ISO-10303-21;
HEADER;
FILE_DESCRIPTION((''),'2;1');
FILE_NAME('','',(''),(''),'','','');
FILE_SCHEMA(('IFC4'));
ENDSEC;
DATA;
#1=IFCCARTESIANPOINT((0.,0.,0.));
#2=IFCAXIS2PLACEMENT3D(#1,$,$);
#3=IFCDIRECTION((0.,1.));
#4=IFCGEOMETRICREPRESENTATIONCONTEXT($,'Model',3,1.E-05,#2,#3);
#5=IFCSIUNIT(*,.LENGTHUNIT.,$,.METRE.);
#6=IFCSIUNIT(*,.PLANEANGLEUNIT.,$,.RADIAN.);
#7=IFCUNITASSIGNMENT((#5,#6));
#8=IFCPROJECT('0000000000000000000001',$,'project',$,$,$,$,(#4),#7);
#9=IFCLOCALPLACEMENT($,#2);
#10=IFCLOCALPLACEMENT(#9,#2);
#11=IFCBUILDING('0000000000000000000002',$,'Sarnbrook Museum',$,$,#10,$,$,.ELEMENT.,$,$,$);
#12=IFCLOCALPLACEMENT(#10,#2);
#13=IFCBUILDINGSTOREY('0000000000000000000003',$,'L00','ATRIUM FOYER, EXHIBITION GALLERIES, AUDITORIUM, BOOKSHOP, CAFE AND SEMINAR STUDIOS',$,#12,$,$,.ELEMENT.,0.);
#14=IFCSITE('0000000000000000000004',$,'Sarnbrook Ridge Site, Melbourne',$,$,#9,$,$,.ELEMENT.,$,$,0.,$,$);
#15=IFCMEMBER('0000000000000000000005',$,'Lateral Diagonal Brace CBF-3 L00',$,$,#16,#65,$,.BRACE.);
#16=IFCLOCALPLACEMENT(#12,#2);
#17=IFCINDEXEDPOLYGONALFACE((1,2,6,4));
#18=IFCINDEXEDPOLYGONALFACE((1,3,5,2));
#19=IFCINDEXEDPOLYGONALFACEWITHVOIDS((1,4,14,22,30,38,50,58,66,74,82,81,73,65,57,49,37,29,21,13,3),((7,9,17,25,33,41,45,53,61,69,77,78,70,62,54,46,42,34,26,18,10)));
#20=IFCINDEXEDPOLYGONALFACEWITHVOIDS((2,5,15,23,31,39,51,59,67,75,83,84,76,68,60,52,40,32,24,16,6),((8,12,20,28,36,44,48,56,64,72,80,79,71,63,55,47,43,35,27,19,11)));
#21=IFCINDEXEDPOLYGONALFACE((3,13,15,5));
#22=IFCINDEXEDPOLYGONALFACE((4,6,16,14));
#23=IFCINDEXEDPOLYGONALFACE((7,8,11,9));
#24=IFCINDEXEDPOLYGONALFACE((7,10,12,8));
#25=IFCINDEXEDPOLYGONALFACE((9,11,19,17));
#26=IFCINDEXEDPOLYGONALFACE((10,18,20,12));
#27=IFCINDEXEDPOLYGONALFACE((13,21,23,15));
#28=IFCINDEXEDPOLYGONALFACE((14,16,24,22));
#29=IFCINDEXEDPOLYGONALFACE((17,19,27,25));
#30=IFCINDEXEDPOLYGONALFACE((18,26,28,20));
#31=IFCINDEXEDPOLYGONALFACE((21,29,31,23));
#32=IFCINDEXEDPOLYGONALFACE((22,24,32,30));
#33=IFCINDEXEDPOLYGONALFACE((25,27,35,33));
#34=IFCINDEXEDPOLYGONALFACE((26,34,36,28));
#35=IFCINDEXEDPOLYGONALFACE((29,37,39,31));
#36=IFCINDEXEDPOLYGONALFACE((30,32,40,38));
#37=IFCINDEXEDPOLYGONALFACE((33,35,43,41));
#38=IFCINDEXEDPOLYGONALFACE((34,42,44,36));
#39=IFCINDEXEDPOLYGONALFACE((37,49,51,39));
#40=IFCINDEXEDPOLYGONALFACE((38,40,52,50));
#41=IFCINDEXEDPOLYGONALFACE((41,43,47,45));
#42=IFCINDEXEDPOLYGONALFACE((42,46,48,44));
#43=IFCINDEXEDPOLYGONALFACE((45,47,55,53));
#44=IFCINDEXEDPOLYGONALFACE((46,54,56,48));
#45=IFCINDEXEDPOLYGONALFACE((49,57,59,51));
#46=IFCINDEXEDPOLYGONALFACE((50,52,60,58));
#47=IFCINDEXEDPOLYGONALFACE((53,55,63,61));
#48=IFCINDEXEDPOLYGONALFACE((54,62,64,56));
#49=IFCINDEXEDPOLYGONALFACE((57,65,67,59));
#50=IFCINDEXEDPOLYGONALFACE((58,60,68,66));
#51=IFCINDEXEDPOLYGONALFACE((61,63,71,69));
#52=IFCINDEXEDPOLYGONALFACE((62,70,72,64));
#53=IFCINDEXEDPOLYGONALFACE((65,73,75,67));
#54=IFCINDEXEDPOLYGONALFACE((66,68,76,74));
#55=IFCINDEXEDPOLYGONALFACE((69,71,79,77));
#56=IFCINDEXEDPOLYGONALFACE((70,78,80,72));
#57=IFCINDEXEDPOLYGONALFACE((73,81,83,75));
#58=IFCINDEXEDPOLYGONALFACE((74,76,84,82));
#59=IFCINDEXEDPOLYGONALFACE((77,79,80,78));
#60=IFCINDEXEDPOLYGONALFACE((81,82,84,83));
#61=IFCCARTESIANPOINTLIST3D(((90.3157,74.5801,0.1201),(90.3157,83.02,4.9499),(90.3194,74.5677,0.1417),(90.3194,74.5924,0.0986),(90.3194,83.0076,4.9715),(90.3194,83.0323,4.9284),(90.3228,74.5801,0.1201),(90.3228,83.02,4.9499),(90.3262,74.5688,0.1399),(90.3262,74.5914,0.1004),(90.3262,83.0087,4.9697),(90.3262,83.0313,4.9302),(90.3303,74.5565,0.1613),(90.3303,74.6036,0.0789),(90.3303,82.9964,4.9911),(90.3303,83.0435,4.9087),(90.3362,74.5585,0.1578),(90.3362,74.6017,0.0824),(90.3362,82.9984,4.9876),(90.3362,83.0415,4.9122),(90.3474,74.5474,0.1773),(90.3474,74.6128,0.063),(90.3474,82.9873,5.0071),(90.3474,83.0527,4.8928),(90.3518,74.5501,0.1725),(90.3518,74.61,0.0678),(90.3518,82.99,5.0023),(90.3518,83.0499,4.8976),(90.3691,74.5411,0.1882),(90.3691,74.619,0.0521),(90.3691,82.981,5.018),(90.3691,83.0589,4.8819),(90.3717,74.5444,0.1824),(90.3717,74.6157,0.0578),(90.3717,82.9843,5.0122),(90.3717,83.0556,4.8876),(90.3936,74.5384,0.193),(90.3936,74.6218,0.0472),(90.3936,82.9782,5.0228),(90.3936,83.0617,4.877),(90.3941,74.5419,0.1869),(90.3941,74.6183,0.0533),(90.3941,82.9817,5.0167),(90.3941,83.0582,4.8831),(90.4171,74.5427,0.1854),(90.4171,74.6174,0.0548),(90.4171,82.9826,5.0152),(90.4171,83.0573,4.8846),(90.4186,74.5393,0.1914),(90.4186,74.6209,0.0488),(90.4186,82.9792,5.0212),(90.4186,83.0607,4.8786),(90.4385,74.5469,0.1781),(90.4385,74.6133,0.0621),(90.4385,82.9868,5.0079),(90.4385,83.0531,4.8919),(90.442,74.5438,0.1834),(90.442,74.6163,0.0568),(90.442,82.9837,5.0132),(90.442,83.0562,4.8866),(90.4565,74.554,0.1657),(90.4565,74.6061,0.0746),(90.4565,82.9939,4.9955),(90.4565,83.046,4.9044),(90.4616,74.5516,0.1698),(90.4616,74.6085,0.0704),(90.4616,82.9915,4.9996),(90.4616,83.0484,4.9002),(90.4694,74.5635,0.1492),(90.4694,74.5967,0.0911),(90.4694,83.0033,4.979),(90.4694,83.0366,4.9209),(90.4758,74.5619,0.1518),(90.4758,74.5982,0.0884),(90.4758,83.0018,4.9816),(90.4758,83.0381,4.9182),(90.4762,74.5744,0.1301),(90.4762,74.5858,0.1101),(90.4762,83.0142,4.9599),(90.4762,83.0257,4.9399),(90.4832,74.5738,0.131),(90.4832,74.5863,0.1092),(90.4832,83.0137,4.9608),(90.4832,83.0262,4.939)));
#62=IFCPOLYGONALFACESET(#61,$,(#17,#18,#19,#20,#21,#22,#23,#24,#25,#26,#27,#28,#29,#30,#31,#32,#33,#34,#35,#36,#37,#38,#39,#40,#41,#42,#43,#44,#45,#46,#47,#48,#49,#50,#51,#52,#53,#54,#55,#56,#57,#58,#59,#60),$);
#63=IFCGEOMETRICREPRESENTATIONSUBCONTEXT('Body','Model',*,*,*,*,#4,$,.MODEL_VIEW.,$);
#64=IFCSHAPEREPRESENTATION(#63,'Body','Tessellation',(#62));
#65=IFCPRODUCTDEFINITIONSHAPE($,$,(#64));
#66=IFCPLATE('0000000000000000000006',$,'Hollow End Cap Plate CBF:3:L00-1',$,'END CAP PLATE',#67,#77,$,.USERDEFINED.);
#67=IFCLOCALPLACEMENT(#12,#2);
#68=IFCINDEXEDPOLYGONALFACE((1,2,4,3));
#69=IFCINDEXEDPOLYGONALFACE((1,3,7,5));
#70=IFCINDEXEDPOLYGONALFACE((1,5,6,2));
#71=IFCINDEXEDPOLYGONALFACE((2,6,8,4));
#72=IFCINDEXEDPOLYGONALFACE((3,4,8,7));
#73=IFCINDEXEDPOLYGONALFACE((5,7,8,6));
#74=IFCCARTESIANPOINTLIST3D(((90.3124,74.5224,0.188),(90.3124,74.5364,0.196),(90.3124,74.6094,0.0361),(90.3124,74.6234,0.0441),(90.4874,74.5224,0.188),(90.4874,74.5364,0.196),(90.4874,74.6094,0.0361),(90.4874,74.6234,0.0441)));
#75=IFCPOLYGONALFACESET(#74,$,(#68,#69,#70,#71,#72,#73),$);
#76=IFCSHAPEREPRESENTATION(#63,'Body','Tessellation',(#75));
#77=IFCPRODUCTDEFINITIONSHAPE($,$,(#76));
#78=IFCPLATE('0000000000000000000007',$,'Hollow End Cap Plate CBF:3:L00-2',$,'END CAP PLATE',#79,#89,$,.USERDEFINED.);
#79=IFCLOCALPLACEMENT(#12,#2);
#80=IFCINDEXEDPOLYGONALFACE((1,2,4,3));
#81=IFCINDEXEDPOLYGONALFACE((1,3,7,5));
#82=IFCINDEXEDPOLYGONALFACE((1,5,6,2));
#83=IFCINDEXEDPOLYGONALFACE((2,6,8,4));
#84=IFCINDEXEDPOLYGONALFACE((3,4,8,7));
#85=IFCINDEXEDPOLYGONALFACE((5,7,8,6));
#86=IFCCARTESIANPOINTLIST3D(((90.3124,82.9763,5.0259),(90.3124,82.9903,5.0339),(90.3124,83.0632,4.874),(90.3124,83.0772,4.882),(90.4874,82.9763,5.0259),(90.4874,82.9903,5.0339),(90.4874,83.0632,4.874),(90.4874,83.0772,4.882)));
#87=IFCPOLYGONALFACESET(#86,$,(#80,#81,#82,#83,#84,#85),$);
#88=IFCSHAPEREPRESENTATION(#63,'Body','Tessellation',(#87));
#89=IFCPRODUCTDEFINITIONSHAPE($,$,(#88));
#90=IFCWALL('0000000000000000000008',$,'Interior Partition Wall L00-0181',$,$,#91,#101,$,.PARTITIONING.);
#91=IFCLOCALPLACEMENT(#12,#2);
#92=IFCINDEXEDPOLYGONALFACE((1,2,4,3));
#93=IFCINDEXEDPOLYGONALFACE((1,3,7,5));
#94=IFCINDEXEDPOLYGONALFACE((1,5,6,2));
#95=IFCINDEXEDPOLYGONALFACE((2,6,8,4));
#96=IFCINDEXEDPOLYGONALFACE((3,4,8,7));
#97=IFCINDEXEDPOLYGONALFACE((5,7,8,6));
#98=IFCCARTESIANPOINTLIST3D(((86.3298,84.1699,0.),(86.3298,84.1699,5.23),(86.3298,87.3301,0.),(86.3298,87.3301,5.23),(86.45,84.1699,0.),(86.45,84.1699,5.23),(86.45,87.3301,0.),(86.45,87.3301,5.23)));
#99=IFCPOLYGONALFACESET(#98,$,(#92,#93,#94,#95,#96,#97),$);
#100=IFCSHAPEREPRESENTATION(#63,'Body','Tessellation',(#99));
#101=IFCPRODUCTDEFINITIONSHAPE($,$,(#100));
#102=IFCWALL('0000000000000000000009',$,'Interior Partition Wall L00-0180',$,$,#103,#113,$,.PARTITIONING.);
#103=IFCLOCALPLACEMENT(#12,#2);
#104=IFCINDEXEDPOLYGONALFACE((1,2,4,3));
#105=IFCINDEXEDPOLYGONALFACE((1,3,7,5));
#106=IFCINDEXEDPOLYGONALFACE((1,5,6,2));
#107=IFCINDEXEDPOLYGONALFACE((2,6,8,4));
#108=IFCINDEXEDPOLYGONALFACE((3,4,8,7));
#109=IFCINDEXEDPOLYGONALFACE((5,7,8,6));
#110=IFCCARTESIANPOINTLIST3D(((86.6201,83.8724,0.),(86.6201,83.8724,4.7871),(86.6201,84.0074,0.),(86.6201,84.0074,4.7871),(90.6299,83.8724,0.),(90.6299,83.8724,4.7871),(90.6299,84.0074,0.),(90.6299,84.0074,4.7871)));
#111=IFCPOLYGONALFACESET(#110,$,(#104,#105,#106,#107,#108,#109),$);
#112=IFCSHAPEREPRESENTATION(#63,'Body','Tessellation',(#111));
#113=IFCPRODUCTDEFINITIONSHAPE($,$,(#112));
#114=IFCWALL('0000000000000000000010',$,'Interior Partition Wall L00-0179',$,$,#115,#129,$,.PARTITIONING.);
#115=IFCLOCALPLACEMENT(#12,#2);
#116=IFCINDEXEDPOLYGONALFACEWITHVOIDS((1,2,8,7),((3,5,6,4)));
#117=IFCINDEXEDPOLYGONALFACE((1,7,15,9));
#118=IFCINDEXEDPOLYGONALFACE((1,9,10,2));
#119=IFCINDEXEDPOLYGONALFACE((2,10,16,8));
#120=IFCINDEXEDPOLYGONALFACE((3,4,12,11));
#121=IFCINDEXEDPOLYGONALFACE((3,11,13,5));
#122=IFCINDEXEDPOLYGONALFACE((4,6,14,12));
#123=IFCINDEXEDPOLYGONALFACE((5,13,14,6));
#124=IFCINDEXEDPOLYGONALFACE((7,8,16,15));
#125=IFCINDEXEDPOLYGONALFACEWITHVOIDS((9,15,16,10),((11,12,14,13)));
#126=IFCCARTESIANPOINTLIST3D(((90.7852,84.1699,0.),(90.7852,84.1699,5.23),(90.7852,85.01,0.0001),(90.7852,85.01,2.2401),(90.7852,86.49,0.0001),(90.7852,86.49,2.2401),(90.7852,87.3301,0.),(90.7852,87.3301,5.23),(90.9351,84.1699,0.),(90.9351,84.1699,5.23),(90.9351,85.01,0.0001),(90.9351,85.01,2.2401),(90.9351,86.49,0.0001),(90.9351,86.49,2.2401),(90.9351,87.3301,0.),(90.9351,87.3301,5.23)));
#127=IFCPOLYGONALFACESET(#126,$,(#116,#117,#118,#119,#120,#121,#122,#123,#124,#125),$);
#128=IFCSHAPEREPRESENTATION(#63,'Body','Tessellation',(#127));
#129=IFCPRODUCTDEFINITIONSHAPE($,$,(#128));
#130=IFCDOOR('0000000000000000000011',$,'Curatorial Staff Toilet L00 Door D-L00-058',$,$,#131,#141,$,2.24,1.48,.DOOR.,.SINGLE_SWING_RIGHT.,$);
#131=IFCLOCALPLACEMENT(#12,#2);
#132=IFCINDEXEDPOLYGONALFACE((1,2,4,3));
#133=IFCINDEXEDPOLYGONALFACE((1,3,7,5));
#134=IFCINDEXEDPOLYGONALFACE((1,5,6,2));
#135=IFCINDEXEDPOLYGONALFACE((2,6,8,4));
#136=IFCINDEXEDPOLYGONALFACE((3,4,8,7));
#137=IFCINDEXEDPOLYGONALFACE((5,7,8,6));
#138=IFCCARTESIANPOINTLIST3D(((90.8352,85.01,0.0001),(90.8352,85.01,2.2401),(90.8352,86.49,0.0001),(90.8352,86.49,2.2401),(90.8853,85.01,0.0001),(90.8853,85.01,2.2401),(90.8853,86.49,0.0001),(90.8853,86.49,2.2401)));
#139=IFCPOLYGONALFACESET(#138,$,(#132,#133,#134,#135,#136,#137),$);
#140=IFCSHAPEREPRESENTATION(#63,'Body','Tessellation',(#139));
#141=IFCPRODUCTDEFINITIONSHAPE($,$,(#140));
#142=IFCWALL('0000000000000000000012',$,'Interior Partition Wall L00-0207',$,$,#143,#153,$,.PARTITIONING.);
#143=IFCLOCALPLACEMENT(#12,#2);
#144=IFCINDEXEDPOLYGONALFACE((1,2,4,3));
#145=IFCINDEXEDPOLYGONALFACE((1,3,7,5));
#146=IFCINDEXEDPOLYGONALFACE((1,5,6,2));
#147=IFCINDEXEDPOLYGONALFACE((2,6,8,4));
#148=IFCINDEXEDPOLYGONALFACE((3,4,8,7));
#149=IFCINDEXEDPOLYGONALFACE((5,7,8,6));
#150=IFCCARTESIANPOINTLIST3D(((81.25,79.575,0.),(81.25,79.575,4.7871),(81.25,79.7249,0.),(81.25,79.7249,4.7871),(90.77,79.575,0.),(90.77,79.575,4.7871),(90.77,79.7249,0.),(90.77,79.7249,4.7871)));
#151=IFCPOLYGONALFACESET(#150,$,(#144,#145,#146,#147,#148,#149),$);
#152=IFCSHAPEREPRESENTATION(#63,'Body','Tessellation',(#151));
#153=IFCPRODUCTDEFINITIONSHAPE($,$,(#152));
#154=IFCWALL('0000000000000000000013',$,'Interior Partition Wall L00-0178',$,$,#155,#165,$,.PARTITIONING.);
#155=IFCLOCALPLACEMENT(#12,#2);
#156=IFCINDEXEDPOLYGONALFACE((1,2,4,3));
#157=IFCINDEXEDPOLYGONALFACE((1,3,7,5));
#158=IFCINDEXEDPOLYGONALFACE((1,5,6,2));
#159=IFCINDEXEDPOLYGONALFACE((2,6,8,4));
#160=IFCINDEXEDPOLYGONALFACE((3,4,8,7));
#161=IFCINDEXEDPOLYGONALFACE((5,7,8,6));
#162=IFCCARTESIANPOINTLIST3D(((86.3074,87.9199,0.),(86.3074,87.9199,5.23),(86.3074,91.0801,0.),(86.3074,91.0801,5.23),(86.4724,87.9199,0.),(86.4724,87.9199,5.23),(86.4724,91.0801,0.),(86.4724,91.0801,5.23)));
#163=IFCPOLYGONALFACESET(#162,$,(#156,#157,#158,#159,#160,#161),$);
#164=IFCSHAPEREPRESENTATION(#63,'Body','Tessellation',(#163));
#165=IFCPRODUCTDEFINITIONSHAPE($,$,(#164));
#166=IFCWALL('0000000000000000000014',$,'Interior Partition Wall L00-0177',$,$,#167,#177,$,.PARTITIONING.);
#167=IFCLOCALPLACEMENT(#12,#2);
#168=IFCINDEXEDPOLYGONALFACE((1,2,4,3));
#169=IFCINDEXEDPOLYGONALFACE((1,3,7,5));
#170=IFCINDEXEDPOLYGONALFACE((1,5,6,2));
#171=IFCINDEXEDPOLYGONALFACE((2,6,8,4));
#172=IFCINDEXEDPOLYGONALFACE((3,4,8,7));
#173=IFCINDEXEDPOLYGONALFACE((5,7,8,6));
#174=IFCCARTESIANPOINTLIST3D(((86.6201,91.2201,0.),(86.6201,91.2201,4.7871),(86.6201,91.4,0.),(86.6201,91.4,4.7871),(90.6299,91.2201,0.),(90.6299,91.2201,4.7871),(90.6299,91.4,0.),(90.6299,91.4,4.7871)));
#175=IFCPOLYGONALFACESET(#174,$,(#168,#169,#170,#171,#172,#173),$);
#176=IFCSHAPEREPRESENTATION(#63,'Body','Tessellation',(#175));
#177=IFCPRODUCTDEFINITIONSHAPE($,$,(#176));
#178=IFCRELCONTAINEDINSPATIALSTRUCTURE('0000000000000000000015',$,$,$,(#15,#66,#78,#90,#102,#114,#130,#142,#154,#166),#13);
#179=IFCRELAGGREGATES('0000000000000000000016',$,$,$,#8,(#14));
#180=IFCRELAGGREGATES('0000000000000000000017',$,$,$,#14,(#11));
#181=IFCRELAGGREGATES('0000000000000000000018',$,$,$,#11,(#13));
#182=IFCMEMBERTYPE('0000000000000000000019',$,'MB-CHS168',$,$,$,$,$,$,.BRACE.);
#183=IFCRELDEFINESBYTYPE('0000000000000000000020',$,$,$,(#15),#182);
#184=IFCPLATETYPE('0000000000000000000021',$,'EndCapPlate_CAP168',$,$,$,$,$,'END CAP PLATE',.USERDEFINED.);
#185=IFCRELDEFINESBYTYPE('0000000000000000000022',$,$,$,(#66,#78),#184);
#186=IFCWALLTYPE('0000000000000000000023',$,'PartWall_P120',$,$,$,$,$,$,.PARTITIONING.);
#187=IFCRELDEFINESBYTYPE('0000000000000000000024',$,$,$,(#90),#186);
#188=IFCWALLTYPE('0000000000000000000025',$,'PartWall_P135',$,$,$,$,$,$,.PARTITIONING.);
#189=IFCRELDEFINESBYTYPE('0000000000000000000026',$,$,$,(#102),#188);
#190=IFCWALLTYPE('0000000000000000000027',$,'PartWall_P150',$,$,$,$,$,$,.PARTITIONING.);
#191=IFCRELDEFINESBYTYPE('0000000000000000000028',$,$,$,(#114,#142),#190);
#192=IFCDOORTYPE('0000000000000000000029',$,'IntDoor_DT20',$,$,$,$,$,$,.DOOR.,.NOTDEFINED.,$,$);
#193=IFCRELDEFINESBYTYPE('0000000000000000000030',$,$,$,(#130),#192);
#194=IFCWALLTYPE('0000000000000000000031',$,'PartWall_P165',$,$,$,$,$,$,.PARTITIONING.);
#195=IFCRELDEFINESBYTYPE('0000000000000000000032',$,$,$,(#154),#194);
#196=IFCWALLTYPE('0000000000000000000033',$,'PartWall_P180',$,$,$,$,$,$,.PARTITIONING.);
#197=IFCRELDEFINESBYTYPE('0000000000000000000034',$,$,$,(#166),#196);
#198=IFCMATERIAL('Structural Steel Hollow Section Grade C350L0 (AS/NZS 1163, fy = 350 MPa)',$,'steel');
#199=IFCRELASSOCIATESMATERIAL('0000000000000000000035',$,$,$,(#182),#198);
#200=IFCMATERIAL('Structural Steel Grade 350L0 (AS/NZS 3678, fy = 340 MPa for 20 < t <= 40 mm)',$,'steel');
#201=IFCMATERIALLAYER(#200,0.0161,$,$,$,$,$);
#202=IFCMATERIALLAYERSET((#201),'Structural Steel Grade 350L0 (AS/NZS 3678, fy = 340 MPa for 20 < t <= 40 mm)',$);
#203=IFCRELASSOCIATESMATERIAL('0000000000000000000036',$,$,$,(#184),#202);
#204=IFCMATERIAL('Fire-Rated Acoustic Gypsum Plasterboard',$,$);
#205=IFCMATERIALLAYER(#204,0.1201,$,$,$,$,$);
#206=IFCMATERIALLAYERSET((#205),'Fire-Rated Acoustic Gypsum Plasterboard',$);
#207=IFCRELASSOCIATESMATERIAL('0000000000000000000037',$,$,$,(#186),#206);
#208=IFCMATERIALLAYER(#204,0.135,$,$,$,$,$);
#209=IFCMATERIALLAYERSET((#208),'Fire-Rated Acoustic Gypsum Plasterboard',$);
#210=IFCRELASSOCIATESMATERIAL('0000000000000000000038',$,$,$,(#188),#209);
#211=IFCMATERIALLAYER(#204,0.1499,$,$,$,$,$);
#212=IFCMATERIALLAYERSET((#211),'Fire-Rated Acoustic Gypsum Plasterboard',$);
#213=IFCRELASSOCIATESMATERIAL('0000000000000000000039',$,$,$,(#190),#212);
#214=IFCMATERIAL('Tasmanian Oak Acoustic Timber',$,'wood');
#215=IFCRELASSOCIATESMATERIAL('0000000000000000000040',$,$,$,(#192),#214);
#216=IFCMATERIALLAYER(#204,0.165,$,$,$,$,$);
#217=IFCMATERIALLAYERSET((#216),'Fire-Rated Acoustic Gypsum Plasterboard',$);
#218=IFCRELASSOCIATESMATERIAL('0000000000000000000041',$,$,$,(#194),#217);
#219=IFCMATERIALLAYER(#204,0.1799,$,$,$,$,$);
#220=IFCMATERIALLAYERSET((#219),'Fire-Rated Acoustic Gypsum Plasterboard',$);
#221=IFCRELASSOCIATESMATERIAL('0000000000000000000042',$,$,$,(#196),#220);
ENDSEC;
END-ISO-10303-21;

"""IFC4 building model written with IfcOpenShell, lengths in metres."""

from ifc_helpers import new_model, si_unit, direction, frame, frame_2d, origin, origin_2d, place, context, subcontext, project, spatial, rectangle, hollow_circle, extrude, material, layer, layer_set, material_profile, profile_set, type_object, element, fill, save


model = new_model("IFC4")

# Units and contexts
model_context = context("Model", 3, precision=1e-05, world=origin(), true_north=direction((0.0, 1.0)))
body_context = subcontext(model_context, "Body", "Model", "MODEL_VIEW")
ifc_project = project(units=[si_unit("LENGTHUNIT", "METRE"), si_unit("PLANEANGLEUNIT", "RADIAN")], contexts=[model_context])

# Site, building, storey
site_placement = place(None, origin())
site = spatial("IfcSite", under=ifc_project, at=site_placement, Name="Sarnbrook Ridge Site, Melbourne", CompositionType="ELEMENT", RefElevation=0.0)
building_placement = place(site_placement, origin())
building = spatial("IfcBuilding", under=site, at=building_placement, Name="Sarnbrook Museum", CompositionType="ELEMENT")
storey_placement = place(building_placement, origin())
storey = spatial("IfcBuildingStorey", under=building, at=storey_placement, Name="L00", Description="ATRIUM FOYER, EXHIBITION GALLERIES, AUDITORIUM, BOOKSHOP, CAFE AND SEMINAR STUDIOS", CompositionType="ELEMENT", Elevation=0.0)

# Shared definitions
ifc_material_1 = material(Name="Structural Steel Grade 350L0 (AS/NZS 3678, fy = 340 MPa for 20 < t <= 40 mm)", Category="steel")

# Member
ifc_material_2 = material(Name="Structural Steel Hollow Section Grade C350L0 (AS/NZS 1163, fy = 350 MPa)", Category="steel")
ifc_material_profile_1 = material_profile(ifc_material_2, hollow_circle(Radius=0.0842, WallThickness=0.0071, at=origin_2d()), Name="168.3x7.1CHS")
ifc_profile_set_1 = profile_set([ifc_material_profile_1], Name="Structural Steel Hollow Section Grade C350L0 (AS/NZS 1163, fy = 350 MPa)")
member_type = type_object("IfcMemberType", Name="MB-CHS168", PredefinedType="BRACE", material=ifc_profile_set_1)
member_placement = place(storey_placement, frame((90.3999, 74.5801, 0.1201), z_axis=(0.0, 0.867932, 0.496682), x_axis=(-1.0, 0.0, 0.0)))
element("IfcMember", 1, at=member_placement, inside=storey, type_object=member_type, Name="Lateral Diagonal Brace CBF-3 L00", PredefinedType="BRACE", context=body_context, shape_type="SweptSolid", body=[
    extrude(hollow_circle(Radius=0.0842, WallThickness=0.0071, at=origin_2d()), origin(), (0.0, 0.0, 1.0), 9.7241),
])

# Plates
ifc_layer_1 = layer(ifc_material_1, 0.0161)
ifc_layer_set_1 = layer_set([ifc_layer_1], Name="Structural Steel Grade 350L0 (AS/NZS 3678, fy = 340 MPa for 20 < t <= 40 mm)")
plate_type = type_object("IfcPlateType", Name="EndCapPlate_CAP168", ElementType="END CAP PLATE", PredefinedType="USERDEFINED", material=ifc_layer_set_1)
for number, where, z_axis, x_axis, name in (
    (2, (90.3999, 74.5659, 0.1121), (0.0, 0.867927, 0.496693), (-1.0, 0.0, 0.0), "Hollow End Cap Plate CBF:3:L00-1"),
    (3, (90.3999, 83.0198, 4.95), (0.0, 0.867927, 0.496693), (-1.0, 0.0, 0.0), "Hollow End Cap Plate CBF:3:L00-2"),
):
    element("IfcPlate", number, at=place(storey_placement, frame(where, z_axis=z_axis, x_axis=x_axis)), inside=storey, type_object=plate_type, Name=name, ObjectType="END CAP PLATE", PredefinedType="USERDEFINED", context=body_context, shape_type="SweptSolid", body=[
        extrude(rectangle(XDim=0.175, YDim=0.175, at=origin_2d()), origin(), (0.0, 0.0, 1.0), 0.0161),
    ])

# Walls
ifc_material_3 = material(Name="Fire-Rated Acoustic Gypsum Plasterboard")
ifc_layer_2 = layer(ifc_material_3, 0.1201)
ifc_layer_set_2 = layer_set([ifc_layer_2], Name="Fire-Rated Acoustic Gypsum Plasterboard")
wall_type_1 = type_object("IfcWallType", Name="PartWall_P120", PredefinedType="PARTITIONING", material=ifc_layer_set_2)
wall_1_placement = place(storey_placement, frame((86.3899, 84.1699, 0.0), z_axis=(0.0, 0.0, 1.0), x_axis=(0.0, 1.0, 0.0)))
element("IfcWall", 4, at=wall_1_placement, inside=storey, type_object=wall_type_1, Name="Interior Partition Wall L00-0181", PredefinedType="PARTITIONING", context=body_context, shape_type="SweptSolid", body=[
    extrude(rectangle(XDim=3.1602, YDim=0.1201, at=frame_2d((1.5801, 0.0))), origin(), (0.0, 0.0, 1.0), 5.23),
])
ifc_layer_3 = layer(ifc_material_3, 0.135)
ifc_layer_set_3 = layer_set([ifc_layer_3], Name="Fire-Rated Acoustic Gypsum Plasterboard")
wall_type_2 = type_object("IfcWallType", Name="PartWall_P135", PredefinedType="PARTITIONING", material=ifc_layer_set_3)
wall_2_placement = place(storey_placement, frame((90.6299, 83.9399, 0.0), z_axis=(0.0, 0.0, 1.0), x_axis=(-1.0, 0.0, 0.0)))
element("IfcWall", 5, at=wall_2_placement, inside=storey, type_object=wall_type_2, Name="Interior Partition Wall L00-0180", PredefinedType="PARTITIONING", context=body_context, shape_type="SweptSolid", body=[
    extrude(rectangle(XDim=4.0098, YDim=0.135, at=frame_2d((2.0049, 0.0))), origin(), (0.0, 0.0, 1.0), 4.7871),
])

# Wall, opening, door
ifc_layer_4 = layer(ifc_material_3, 0.1499)
ifc_layer_set_4 = layer_set([ifc_layer_4], Name="Fire-Rated Acoustic Gypsum Plasterboard")
wall_type_3 = type_object("IfcWallType", Name="PartWall_P150", PredefinedType="PARTITIONING", material=ifc_layer_set_4)
wall_3_placement = place(storey_placement, frame((90.8601, 87.3301, 0.0), z_axis=(0.0, 0.0, 1.0), x_axis=(0.0, -1.0, 0.0)))
wall_3 = element("IfcWall", 6, at=wall_3_placement, inside=storey, type_object=wall_type_3, Name="Interior Partition Wall L00-0179", PredefinedType="PARTITIONING", context=body_context, shape_type="SweptSolid", body=[
    extrude(rectangle(XDim=3.1602, YDim=0.1499, at=frame_2d((1.5801, 0.0))), origin(), (0.0, 0.0, 1.0), 5.23),
])
opening_1_placement = place(wall_3_placement, frame((0.8401, 0.0, 0.0)))
opening_1 = element("IfcOpeningElement", 7, at=opening_1_placement, cuts=wall_3, PredefinedType="OPENING", context=body_context, shape_type="SweptSolid", body=[
    extrude(rectangle(XDim=1.48, YDim=2.24, at=frame_2d((0.74, 1.1201))), frame((0.0, 0.085, 0.0), z_axis=(0.0, -1.0, 0.0), x_axis=(1.0, 0.0, 0.0)), (0.0, 0.0, 1.0), 0.1699),
])
ifc_material_4 = material(Name="Tasmanian Oak Acoustic Timber", Category="wood")
door_type_1 = type_object("IfcDoorType", Name="IntDoor_DT20", OperationType="NOTDEFINED", PredefinedType="DOOR", material=ifc_material_4)
door_1_placement = place(opening_1_placement, frame((1.48, 0.0, 0.0), z_axis=(0.0, 0.0, 1.0), x_axis=(-1.0, 0.0, 0.0)))
door_1 = element("IfcDoor", 8, at=door_1_placement, inside=storey, type_object=door_type_1, Name="Curatorial Staff Toilet L00 Door D-L00-058", OperationType="SINGLE_SWING_RIGHT", OverallHeight=2.24, OverallWidth=1.48, PredefinedType="DOOR", context=body_context, shape_type="SweptSolid", body=[
    extrude(rectangle(XDim=1.48, YDim=2.24, at=frame_2d((0.74, 1.1201))), frame((0.0, 0.0249, 0.0), z_axis=(0.0, -1.0, 0.0), x_axis=(1.0, 0.0, 0.0)), (0.0, 0.0, 1.0), 0.05),
])
fill(opening_1, door_1)

# Walls
wall_4_placement = place(storey_placement, frame((90.77, 79.6499, 0.0), z_axis=(0.0, 0.0, 1.0), x_axis=(-1.0, 0.0, 0.0)))
element("IfcWall", 9, at=wall_4_placement, inside=storey, type_object=wall_type_3, Name="Interior Partition Wall L00-0207", PredefinedType="PARTITIONING", context=body_context, shape_type="SweptSolid", body=[
    extrude(rectangle(XDim=9.52, YDim=0.1499, at=frame_2d((4.76, 0.0))), origin(), (0.0, 0.0, 1.0), 4.7871),
])
ifc_layer_5 = layer(ifc_material_3, 0.165)
ifc_layer_set_5 = layer_set([ifc_layer_5], Name="Fire-Rated Acoustic Gypsum Plasterboard")
wall_type_4 = type_object("IfcWallType", Name="PartWall_P165", PredefinedType="PARTITIONING", material=ifc_layer_set_5)
wall_5_placement = place(storey_placement, frame((86.3899, 87.9199, 0.0), z_axis=(0.0, 0.0, 1.0), x_axis=(0.0, 1.0, 0.0)))
element("IfcWall", 10, at=wall_5_placement, inside=storey, type_object=wall_type_4, Name="Interior Partition Wall L00-0178", PredefinedType="PARTITIONING", context=body_context, shape_type="SweptSolid", body=[
    extrude(rectangle(XDim=3.1602, YDim=0.165, at=frame_2d((1.5801, 0.0))), origin(), (0.0, 0.0, 1.0), 5.23),
])
ifc_layer_6 = layer(ifc_material_3, 0.1799)
ifc_layer_set_6 = layer_set([ifc_layer_6], Name="Fire-Rated Acoustic Gypsum Plasterboard")
wall_type_5 = type_object("IfcWallType", Name="PartWall_P180", PredefinedType="PARTITIONING", material=ifc_layer_set_6)
wall_6_placement = place(storey_placement, frame((86.6201, 91.3101, 0.0), z_axis=(0.0, 0.0, 1.0), x_axis=(1.0, 0.0, 0.0)))
element("IfcWall", 11, at=wall_6_placement, inside=storey, type_object=wall_type_5, Name="Interior Partition Wall L00-0177", PredefinedType="PARTITIONING", context=body_context, shape_type="SweptSolid", body=[
    extrude(rectangle(XDim=4.0098, YDim=0.1799, at=frame_2d((2.0049, 0.0))), origin(), (0.0, 0.0, 1.0), 4.7871),
])

save(model, "model.ifc")
